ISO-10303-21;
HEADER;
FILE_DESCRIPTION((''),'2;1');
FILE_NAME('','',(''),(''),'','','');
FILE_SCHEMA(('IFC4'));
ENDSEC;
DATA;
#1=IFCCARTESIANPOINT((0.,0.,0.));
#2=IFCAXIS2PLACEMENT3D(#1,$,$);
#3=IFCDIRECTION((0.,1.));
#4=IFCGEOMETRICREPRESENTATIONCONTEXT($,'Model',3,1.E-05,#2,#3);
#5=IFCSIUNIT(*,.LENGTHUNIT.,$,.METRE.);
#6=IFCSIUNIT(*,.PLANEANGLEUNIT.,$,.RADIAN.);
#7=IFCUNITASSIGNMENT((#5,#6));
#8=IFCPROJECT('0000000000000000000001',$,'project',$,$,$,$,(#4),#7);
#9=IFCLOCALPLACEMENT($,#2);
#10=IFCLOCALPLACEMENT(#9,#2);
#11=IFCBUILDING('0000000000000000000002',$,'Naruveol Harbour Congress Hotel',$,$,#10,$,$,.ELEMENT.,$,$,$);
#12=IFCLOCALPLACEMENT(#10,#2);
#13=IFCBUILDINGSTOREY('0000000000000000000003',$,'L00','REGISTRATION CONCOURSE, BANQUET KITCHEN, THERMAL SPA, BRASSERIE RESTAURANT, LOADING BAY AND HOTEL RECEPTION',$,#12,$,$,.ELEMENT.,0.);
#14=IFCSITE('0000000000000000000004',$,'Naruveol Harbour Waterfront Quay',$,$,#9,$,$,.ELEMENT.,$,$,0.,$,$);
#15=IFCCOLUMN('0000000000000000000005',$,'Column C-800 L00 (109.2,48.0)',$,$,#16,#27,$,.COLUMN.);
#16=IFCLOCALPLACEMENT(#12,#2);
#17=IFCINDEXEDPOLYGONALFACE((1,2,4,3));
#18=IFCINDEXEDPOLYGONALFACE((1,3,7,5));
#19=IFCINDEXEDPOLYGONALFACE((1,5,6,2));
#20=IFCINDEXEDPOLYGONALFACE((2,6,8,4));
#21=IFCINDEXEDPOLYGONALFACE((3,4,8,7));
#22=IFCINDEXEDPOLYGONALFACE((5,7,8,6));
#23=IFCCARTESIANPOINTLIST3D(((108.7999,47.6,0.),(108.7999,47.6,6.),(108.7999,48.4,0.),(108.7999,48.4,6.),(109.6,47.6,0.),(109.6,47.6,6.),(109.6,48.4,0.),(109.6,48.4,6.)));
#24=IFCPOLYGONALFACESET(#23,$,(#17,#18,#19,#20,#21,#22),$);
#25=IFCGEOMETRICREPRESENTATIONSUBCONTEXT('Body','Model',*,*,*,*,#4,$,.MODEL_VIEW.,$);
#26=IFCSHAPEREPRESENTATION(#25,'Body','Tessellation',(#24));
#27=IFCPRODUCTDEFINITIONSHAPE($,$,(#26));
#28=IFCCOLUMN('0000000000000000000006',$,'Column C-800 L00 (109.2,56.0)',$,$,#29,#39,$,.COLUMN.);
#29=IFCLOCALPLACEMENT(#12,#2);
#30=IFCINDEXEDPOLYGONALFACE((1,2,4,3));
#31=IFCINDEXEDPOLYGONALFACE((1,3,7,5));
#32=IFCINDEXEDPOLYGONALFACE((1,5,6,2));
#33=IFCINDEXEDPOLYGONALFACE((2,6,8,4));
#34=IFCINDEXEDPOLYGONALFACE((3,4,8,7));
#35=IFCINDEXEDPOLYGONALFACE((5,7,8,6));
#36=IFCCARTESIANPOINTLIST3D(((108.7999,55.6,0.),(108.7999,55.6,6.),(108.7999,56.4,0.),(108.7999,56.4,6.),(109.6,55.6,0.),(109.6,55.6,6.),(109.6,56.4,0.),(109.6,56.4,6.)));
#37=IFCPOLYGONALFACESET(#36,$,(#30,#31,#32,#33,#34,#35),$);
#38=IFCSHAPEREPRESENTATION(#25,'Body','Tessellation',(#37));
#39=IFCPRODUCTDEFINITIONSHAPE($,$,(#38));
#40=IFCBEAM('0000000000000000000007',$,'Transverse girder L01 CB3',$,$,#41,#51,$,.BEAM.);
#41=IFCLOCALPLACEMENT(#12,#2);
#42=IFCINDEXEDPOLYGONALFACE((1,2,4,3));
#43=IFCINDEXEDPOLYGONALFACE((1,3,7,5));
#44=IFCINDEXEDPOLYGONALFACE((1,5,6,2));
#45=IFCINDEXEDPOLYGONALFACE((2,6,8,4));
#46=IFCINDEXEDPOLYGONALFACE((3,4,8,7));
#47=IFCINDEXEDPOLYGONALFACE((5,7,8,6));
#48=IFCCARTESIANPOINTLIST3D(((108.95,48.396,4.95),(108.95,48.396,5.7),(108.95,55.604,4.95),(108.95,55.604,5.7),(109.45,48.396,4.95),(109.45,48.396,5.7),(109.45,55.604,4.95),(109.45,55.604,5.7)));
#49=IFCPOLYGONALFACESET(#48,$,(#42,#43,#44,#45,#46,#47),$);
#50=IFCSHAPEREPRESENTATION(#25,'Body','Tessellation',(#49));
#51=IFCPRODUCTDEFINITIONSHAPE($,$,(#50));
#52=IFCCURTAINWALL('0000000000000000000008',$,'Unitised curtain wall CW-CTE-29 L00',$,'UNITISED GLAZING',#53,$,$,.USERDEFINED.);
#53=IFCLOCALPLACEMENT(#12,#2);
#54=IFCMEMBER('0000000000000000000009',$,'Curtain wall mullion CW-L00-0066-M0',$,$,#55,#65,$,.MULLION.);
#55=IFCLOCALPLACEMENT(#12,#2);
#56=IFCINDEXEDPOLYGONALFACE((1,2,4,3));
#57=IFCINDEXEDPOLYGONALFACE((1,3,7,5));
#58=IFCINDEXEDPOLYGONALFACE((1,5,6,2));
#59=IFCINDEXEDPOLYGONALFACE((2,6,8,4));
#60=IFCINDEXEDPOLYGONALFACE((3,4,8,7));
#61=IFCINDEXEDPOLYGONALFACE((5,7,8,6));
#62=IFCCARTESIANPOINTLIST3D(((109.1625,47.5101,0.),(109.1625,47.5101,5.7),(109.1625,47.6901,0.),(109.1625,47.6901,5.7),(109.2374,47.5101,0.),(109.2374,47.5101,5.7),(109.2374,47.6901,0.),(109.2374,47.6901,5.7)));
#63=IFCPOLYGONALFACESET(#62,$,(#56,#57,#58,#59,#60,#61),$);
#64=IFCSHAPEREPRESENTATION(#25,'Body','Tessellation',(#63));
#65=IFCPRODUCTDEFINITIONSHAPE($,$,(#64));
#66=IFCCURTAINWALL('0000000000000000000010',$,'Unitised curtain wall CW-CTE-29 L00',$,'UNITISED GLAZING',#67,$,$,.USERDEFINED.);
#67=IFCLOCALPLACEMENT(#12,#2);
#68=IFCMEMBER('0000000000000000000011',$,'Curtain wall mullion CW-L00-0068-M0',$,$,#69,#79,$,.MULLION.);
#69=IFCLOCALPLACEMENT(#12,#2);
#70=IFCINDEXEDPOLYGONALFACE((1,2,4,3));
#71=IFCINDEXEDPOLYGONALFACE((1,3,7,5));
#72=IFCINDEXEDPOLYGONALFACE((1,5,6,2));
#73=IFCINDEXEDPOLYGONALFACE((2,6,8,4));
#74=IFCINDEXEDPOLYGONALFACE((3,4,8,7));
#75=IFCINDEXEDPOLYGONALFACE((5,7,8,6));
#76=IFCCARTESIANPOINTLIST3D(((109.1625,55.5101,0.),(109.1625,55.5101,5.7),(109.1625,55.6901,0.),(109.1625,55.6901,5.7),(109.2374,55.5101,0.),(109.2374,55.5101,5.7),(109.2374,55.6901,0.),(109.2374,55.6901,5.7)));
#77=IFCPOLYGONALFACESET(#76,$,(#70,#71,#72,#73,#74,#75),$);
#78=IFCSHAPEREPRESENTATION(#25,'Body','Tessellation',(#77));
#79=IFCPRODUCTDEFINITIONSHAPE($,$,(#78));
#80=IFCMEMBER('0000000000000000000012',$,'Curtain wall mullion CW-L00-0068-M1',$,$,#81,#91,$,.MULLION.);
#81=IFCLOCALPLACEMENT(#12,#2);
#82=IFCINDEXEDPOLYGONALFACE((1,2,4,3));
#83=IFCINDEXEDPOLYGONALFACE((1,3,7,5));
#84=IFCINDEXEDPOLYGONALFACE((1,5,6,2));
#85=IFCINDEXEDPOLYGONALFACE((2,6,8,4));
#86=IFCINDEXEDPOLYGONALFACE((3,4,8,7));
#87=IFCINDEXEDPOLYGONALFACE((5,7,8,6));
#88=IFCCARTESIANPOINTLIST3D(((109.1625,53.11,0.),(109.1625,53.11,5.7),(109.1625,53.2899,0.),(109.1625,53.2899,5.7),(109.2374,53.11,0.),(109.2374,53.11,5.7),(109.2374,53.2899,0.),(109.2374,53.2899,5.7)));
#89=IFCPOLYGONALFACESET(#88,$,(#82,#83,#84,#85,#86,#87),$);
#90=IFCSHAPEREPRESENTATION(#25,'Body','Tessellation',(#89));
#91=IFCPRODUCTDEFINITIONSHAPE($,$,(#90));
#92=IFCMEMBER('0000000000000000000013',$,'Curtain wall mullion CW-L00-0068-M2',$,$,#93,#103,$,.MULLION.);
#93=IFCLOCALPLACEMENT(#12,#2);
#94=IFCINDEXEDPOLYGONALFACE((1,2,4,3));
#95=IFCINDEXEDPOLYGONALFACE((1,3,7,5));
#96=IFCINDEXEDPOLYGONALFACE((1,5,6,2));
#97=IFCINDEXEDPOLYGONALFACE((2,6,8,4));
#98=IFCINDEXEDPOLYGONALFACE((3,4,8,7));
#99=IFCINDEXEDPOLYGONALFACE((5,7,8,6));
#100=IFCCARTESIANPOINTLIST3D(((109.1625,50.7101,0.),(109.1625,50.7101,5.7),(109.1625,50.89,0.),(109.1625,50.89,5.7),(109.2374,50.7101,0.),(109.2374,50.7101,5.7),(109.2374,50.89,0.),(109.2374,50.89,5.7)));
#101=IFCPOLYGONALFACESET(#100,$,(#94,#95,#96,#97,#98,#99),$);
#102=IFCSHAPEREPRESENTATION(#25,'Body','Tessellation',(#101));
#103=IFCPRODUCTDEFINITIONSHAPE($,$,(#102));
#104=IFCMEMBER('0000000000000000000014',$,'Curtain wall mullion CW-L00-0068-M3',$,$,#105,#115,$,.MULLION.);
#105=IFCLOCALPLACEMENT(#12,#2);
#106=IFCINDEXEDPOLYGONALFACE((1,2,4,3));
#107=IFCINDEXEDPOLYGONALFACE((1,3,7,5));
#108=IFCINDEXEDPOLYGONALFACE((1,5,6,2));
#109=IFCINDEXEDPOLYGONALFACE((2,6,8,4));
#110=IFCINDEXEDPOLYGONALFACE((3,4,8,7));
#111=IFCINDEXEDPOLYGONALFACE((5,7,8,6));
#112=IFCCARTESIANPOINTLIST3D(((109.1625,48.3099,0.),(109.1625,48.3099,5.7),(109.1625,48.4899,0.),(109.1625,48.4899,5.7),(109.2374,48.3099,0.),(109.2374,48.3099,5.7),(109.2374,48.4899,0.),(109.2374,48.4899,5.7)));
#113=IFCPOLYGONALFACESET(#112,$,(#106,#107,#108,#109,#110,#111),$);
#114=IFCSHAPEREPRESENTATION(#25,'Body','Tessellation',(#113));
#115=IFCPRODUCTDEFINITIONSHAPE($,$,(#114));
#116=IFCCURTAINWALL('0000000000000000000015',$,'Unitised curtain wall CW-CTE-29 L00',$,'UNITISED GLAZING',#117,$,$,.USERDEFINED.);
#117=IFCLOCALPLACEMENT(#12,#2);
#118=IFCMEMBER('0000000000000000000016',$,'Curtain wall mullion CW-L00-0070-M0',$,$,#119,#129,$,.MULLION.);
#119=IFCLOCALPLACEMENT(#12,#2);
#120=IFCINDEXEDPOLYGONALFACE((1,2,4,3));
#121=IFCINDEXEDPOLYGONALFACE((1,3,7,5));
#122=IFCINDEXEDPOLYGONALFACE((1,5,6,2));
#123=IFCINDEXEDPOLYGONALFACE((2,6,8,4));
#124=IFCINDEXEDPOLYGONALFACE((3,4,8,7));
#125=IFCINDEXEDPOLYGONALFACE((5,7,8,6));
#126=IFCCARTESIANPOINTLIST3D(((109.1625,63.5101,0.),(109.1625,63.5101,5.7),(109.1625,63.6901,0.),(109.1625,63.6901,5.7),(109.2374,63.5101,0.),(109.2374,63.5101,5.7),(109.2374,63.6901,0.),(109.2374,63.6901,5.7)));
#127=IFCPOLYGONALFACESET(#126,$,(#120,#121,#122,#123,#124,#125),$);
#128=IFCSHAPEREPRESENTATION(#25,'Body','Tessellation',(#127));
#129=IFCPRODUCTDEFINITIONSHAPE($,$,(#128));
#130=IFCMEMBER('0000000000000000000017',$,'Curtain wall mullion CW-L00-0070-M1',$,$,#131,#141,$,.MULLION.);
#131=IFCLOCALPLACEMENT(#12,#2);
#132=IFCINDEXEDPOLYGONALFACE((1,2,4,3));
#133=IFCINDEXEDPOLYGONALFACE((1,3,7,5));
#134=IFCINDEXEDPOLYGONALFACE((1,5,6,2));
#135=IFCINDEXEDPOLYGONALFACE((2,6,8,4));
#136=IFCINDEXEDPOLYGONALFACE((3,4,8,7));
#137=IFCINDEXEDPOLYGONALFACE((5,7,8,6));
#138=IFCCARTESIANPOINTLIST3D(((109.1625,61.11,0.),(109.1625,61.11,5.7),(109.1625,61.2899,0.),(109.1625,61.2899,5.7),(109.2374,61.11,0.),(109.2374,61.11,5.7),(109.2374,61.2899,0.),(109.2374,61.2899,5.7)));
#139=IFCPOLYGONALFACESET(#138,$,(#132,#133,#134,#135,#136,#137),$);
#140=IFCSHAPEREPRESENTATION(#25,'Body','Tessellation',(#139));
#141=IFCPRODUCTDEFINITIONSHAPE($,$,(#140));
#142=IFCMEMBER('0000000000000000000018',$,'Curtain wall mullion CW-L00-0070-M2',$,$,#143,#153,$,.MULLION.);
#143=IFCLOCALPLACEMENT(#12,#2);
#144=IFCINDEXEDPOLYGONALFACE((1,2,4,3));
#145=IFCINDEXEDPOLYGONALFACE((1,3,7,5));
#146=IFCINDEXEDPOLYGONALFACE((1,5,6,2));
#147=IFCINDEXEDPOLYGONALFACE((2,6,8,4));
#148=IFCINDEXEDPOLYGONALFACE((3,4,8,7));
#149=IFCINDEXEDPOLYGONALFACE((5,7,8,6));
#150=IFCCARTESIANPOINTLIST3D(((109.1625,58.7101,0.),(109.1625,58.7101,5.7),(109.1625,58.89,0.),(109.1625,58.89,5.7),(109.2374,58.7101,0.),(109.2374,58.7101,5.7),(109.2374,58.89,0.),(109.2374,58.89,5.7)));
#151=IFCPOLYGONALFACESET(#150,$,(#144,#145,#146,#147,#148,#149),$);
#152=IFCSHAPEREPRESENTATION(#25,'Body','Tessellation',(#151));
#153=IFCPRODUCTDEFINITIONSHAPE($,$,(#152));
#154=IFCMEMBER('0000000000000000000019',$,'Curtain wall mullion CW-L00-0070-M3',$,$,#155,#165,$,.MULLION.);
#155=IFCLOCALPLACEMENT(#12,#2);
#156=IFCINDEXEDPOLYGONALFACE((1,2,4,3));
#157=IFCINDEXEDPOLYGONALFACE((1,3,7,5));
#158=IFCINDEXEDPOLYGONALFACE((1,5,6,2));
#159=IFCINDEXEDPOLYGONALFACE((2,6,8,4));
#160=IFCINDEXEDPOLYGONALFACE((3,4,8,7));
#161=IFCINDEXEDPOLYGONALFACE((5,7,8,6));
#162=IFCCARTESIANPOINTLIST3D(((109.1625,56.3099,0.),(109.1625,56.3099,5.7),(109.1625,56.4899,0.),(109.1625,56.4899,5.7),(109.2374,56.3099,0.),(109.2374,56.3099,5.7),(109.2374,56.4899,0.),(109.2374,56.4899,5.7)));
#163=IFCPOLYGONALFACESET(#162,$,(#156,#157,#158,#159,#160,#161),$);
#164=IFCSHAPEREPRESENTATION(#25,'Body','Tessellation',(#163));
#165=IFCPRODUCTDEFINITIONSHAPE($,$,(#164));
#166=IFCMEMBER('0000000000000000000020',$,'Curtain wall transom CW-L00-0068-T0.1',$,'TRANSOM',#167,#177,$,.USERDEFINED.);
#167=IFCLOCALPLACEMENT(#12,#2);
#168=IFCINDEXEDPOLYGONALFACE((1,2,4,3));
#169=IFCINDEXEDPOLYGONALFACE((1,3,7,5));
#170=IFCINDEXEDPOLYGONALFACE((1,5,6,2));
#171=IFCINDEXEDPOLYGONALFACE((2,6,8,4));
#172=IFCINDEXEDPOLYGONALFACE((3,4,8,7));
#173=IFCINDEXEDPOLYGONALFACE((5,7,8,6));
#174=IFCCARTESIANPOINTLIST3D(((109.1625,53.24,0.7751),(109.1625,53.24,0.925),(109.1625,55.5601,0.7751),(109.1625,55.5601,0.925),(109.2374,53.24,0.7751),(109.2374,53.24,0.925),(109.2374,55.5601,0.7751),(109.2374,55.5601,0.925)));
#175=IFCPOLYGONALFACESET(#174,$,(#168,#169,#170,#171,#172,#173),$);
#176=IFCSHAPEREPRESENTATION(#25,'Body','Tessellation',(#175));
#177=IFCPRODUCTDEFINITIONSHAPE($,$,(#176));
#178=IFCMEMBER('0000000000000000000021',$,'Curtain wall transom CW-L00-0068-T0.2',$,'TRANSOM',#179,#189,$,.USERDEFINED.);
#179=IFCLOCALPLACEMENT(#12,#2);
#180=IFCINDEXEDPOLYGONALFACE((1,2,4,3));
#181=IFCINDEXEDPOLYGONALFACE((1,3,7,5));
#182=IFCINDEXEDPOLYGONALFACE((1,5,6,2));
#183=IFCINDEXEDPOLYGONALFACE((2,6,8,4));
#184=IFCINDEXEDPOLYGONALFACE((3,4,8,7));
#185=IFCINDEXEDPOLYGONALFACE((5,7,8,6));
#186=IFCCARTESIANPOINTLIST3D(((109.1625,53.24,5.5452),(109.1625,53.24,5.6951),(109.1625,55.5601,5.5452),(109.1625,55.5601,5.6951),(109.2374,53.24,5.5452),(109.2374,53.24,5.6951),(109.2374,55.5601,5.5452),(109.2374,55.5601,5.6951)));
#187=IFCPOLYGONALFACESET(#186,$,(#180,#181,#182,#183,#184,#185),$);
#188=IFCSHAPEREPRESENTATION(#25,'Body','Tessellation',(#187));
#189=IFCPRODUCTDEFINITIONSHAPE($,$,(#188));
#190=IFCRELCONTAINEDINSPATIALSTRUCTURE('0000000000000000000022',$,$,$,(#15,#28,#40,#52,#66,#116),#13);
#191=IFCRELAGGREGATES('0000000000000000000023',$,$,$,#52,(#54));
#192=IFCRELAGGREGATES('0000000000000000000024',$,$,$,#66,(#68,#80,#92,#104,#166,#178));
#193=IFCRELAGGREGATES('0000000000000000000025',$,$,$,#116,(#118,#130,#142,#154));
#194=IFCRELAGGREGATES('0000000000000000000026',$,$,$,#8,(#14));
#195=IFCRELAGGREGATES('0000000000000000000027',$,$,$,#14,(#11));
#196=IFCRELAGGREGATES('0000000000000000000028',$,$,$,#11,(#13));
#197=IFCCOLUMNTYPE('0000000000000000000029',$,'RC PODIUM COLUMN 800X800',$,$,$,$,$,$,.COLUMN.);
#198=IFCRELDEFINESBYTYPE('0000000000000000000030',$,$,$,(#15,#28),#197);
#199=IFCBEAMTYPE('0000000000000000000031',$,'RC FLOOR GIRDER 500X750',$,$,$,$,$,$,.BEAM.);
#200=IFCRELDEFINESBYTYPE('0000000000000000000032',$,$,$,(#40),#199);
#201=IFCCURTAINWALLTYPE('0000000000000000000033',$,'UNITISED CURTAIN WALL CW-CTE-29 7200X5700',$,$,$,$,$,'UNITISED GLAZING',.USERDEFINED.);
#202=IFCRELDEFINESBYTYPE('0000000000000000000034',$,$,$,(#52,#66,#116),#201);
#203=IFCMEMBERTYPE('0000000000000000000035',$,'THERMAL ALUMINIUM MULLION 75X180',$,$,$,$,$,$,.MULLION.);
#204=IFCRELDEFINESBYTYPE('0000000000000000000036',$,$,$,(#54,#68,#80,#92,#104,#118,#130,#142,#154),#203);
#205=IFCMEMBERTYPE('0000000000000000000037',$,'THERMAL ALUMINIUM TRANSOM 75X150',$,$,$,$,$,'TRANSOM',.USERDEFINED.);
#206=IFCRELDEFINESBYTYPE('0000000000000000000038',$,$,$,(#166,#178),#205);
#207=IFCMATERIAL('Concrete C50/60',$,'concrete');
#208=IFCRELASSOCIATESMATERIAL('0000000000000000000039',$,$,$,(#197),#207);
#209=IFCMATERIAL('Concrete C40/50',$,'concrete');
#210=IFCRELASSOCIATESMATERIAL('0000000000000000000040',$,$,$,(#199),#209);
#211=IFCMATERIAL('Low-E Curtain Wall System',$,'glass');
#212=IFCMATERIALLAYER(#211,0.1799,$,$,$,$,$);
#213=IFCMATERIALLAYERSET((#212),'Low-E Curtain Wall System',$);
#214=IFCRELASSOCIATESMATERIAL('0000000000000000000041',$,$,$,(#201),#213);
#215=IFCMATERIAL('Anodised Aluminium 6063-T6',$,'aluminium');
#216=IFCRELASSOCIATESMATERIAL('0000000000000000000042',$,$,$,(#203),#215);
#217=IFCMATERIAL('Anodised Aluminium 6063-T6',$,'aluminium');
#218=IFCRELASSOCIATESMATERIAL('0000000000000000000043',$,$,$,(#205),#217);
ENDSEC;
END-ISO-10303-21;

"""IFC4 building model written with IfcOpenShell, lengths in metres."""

from ifc_helpers import new_model, si_unit, direction, frame, origin, origin_2d, place, context, subcontext, project, spatial, rectangle, extrude, material, layer, layer_set, material_profile, profile_set, type_object, element, aggregate, save


model = new_model("IFC4")

# Units and contexts
model_context = context("Model", 3, precision=1e-05, world=origin(), true_north=direction((0.0, 1.0)))
body_context = subcontext(model_context, "Body", "Model", "MODEL_VIEW")
ifc_project = project(units=[si_unit("LENGTHUNIT", "METRE"), si_unit("PLANEANGLEUNIT", "RADIAN")], contexts=[model_context])

# Site, building, storey
site_placement = place(None, origin())
site = spatial("IfcSite", under=ifc_project, at=site_placement, Name="Naruveol Harbour Waterfront Quay", CompositionType="ELEMENT", RefElevation=0.0)
building_placement = place(site_placement, origin())
building = spatial("IfcBuilding", under=site, at=building_placement, Name="Naruveol Harbour Congress Hotel", CompositionType="ELEMENT")
storey_placement = place(building_placement, origin())
storey = spatial("IfcBuildingStorey", under=building, at=storey_placement, Name="L00", Description="REGISTRATION CONCOURSE, BANQUET KITCHEN, THERMAL SPA, BRASSERIE RESTAURANT, LOADING BAY AND HOTEL RECEPTION", CompositionType="ELEMENT", Elevation=0.0)

# Columns
ifc_material_1 = material(Name="Concrete C50/60", Category="concrete")
ifc_material_profile_1 = material_profile(ifc_material_1, rectangle(XDim=0.8, YDim=0.8, at=origin_2d()), Name="RC-800x800")
ifc_profile_set_1 = profile_set([ifc_material_profile_1], Name="Concrete C50/60")
column_type = type_object("IfcColumnType", Name="RC PODIUM COLUMN 800X800", PredefinedType="COLUMN", material=ifc_profile_set_1)
for number, where, z_axis, x_axis, name in (
    (1, (109.2, 48.0, 0.0), (0.0, 0.0, 1.0), (1.0, 0.0, 0.0), "Column C-800 L00 (109.2,48.0)"),
    (2, (109.2, 56.0, 0.0), (0.0, 0.0, 1.0), (1.0, 0.0, 0.0), "Column C-800 L00 (109.2,56.0)"),
):
    element("IfcColumn", number, at=place(storey_placement, frame(where, z_axis=z_axis, x_axis=x_axis)), inside=storey, type_object=column_type, Name=name, PredefinedType="COLUMN", context=body_context, shape_type="SweptSolid", body=[
        extrude(rectangle(XDim=0.8, YDim=0.8, at=origin_2d()), origin(), (0.0, 0.0, 1.0), 6.0),
    ])

# Beam
ifc_material_2 = material(Name="Concrete C40/50", Category="concrete")
ifc_material_profile_2 = material_profile(ifc_material_2, rectangle(XDim=0.5, YDim=0.75, at=origin_2d()), Name="RCB-500x750")
ifc_profile_set_2 = profile_set([ifc_material_profile_2], Name="Concrete C40/50")
beam_type = type_object("IfcBeamType", Name="RC FLOOR GIRDER 500X750", PredefinedType="BEAM", material=ifc_profile_set_2)
beam_placement = place(storey_placement, frame((109.2, 48.396, 5.325), z_axis=(0.0, 1.0, 0.0), x_axis=(-1.0, 0.0, 0.0)))
element("IfcBeam", 3, at=beam_placement, inside=storey, type_object=beam_type, Name="Transverse girder L01 CB3", PredefinedType="BEAM", context=body_context, shape_type="SweptSolid", body=[
    extrude(rectangle(XDim=0.5, YDim=0.75, at=origin_2d()), origin(), (0.0, 0.0, 1.0), 7.208),
])

# Curtain wall, member
ifc_material_3 = material(Name="Low-E Curtain Wall System", Category="glass")
ifc_layer_1 = layer(ifc_material_3, 0.1799)
ifc_layer_set_1 = layer_set([ifc_layer_1], Name="Low-E Curtain Wall System")
curtain_wall_type = type_object("IfcCurtainWallType", Name="UNITISED CURTAIN WALL CW-CTE-29 7200X5700", ElementType="UNITISED GLAZING", PredefinedType="USERDEFINED", material=ifc_layer_set_1)
curtain_wall_1_placement = place(storey_placement, origin())
curtain_wall_1 = element("IfcCurtainWall", 4, at=curtain_wall_1_placement, inside=storey, type_object=curtain_wall_type, Name="Unitised curtain wall CW-CTE-29 L00", ObjectType="UNITISED GLAZING", PredefinedType="USERDEFINED")
ifc_material_4 = material(Name="Anodised Aluminium 6063-T6", Category="aluminium")
ifc_material_profile_3 = material_profile(ifc_material_4, rectangle(XDim=0.075, YDim=0.1799, at=origin_2d()), Name="ALU-75x180")
ifc_profile_set_3 = profile_set([ifc_material_profile_3], Name="Anodised Aluminium 6063-T6")
member_type_1 = type_object("IfcMemberType", Name="THERMAL ALUMINIUM MULLION 75X180", PredefinedType="MULLION", material=ifc_profile_set_3)
member_1_placement = place(storey_placement, frame((109.2, 47.6001, 0.0), z_axis=(0.0, 0.0, 1.0), x_axis=(1.0, 0.0, 0.0)))
member_1 = element("IfcMember", 5, at=member_1_placement, type_object=member_type_1, Name="Curtain wall mullion CW-L00-0066-M0", PredefinedType="MULLION", context=body_context, shape_type="SweptSolid", body=[
    extrude(rectangle(XDim=0.075, YDim=0.1799, at=origin_2d()), origin(), (0.0, 0.0, 1.0), 5.7),
])
aggregate(curtain_wall_1, [member_1])

# Curtain walls, members
curtain_wall_2_placement = place(storey_placement, origin())
curtain_wall_2 = element("IfcCurtainWall", 6, at=curtain_wall_2_placement, inside=storey, type_object=curtain_wall_type, Name="Unitised curtain wall CW-CTE-29 L00", ObjectType="UNITISED GLAZING", PredefinedType="USERDEFINED")
member_2_placement = place(storey_placement, frame((109.2, 55.6001, 0.0), z_axis=(0.0, 0.0, 1.0), x_axis=(1.0, 0.0, 0.0)))
member_2 = element("IfcMember", 7, at=member_2_placement, type_object=member_type_1, Name="Curtain wall mullion CW-L00-0068-M0", PredefinedType="MULLION", context=body_context, shape_type="SweptSolid", body=[
    extrude(rectangle(XDim=0.075, YDim=0.1799, at=origin_2d()), origin(), (0.0, 0.0, 1.0), 5.7),
])
member_3_placement = place(storey_placement, frame((109.2, 53.2, 0.0), z_axis=(0.0, 0.0, 1.0), x_axis=(1.0, 0.0, 0.0)))
member_3 = element("IfcMember", 8, at=member_3_placement, type_object=member_type_1, Name="Curtain wall mullion CW-L00-0068-M1", PredefinedType="MULLION", context=body_context, shape_type="SweptSolid", body=[
    extrude(rectangle(XDim=0.075, YDim=0.1799, at=origin_2d()), origin(), (0.0, 0.0, 1.0), 5.7),
])
member_4_placement = place(storey_placement, frame((109.2, 50.8, 0.0), z_axis=(0.0, 0.0, 1.0), x_axis=(1.0, 0.0, 0.0)))
member_4 = element("IfcMember", 9, at=member_4_placement, type_object=member_type_1, Name="Curtain wall mullion CW-L00-0068-M2", PredefinedType="MULLION", context=body_context, shape_type="SweptSolid", body=[
    extrude(rectangle(XDim=0.075, YDim=0.1799, at=origin_2d()), origin(), (0.0, 0.0, 1.0), 5.7),
])
member_5_placement = place(storey_placement, frame((109.2, 48.3999, 0.0), z_axis=(0.0, 0.0, 1.0), x_axis=(1.0, 0.0, 0.0)))
member_5 = element("IfcMember", 10, at=member_5_placement, type_object=member_type_1, Name="Curtain wall mullion CW-L00-0068-M3", PredefinedType="MULLION", context=body_context, shape_type="SweptSolid", body=[
    extrude(rectangle(XDim=0.075, YDim=0.1799, at=origin_2d()), origin(), (0.0, 0.0, 1.0), 5.7),
])
curtain_wall_3_placement = place(storey_placement, origin())
curtain_wall_3 = element("IfcCurtainWall", 11, at=curtain_wall_3_placement, inside=storey, type_object=curtain_wall_type, Name="Unitised curtain wall CW-CTE-29 L00", ObjectType="UNITISED GLAZING", PredefinedType="USERDEFINED")
member_6_placement = place(storey_placement, frame((109.2, 63.6001, 0.0), z_axis=(0.0, 0.0, 1.0), x_axis=(1.0, 0.0, 0.0)))
member_6 = element("IfcMember", 12, at=member_6_placement, type_object=member_type_1, Name="Curtain wall mullion CW-L00-0070-M0", PredefinedType="MULLION", context=body_context, shape_type="SweptSolid", body=[
    extrude(rectangle(XDim=0.075, YDim=0.1799, at=origin_2d()), origin(), (0.0, 0.0, 1.0), 5.7),
])
member_7_placement = place(storey_placement, frame((109.2, 61.2, 0.0), z_axis=(0.0, 0.0, 1.0), x_axis=(1.0, 0.0, 0.0)))
member_7 = element("IfcMember", 13, at=member_7_placement, type_object=member_type_1, Name="Curtain wall mullion CW-L00-0070-M1", PredefinedType="MULLION", context=body_context, shape_type="SweptSolid", body=[
    extrude(rectangle(XDim=0.075, YDim=0.1799, at=origin_2d()), origin(), (0.0, 0.0, 1.0), 5.7),
])
member_8_placement = place(storey_placement, frame((109.2, 58.8, 0.0), z_axis=(0.0, 0.0, 1.0), x_axis=(1.0, 0.0, 0.0)))
member_8 = element("IfcMember", 14, at=member_8_placement, type_object=member_type_1, Name="Curtain wall mullion CW-L00-0070-M2", PredefinedType="MULLION", context=body_context, shape_type="SweptSolid", body=[
    extrude(rectangle(XDim=0.075, YDim=0.1799, at=origin_2d()), origin(), (0.0, 0.0, 1.0), 5.7),
])
member_9_placement = place(storey_placement, frame((109.2, 56.3999, 0.0), z_axis=(0.0, 0.0, 1.0), x_axis=(1.0, 0.0, 0.0)))
member_9 = element("IfcMember", 15, at=member_9_placement, type_object=member_type_1, Name="Curtain wall mullion CW-L00-0070-M3", PredefinedType="MULLION", context=body_context, shape_type="SweptSolid", body=[
    extrude(rectangle(XDim=0.075, YDim=0.1799, at=origin_2d()), origin(), (0.0, 0.0, 1.0), 5.7),
])

# Members
ifc_material_5 = material(Name="Anodised Aluminium 6063-T6", Category="aluminium")
ifc_material_profile_4 = material_profile(ifc_material_5, rectangle(XDim=0.075, YDim=0.1499, at=origin_2d()), Name="ALU-75x150")
ifc_profile_set_4 = profile_set([ifc_material_profile_4], Name="Anodised Aluminium 6063-T6")
member_type_2 = type_object("IfcMemberType", Name="THERMAL ALUMINIUM TRANSOM 75X150", ElementType="TRANSOM", PredefinedType="USERDEFINED", material=ifc_profile_set_4)
member_10_placement = place(storey_placement, frame((109.2, 55.5601, 0.8501), z_axis=(0.0, -1.0, 0.0), x_axis=(1.0, 0.0, 0.0)))
member_10 = element("IfcMember", 16, at=member_10_placement, type_object=member_type_2, Name="Curtain wall transom CW-L00-0068-T0.1", ObjectType="TRANSOM", PredefinedType="USERDEFINED", context=body_context, shape_type="SweptSolid", body=[
    extrude(rectangle(XDim=0.075, YDim=0.1499, at=origin_2d()), origin(), (0.0, 0.0, 1.0), 2.3201),
])
member_11_placement = place(storey_placement, frame((109.2, 55.5601, 5.6201), z_axis=(0.0, -1.0, 0.0), x_axis=(1.0, 0.0, 0.0)))
member_11 = element("IfcMember", 17, at=member_11_placement, type_object=member_type_2, Name="Curtain wall transom CW-L00-0068-T0.2", ObjectType="TRANSOM", PredefinedType="USERDEFINED", context=body_context, shape_type="SweptSolid", body=[
    extrude(rectangle(XDim=0.075, YDim=0.1499, at=origin_2d()), origin(), (0.0, 0.0, 1.0), 2.3201),
])

aggregate(curtain_wall_2, [member_2, member_3, member_4, member_5, member_10, member_11])
aggregate(curtain_wall_3, [member_6, member_7, member_8, member_9])

save(model, "model.ifc")
